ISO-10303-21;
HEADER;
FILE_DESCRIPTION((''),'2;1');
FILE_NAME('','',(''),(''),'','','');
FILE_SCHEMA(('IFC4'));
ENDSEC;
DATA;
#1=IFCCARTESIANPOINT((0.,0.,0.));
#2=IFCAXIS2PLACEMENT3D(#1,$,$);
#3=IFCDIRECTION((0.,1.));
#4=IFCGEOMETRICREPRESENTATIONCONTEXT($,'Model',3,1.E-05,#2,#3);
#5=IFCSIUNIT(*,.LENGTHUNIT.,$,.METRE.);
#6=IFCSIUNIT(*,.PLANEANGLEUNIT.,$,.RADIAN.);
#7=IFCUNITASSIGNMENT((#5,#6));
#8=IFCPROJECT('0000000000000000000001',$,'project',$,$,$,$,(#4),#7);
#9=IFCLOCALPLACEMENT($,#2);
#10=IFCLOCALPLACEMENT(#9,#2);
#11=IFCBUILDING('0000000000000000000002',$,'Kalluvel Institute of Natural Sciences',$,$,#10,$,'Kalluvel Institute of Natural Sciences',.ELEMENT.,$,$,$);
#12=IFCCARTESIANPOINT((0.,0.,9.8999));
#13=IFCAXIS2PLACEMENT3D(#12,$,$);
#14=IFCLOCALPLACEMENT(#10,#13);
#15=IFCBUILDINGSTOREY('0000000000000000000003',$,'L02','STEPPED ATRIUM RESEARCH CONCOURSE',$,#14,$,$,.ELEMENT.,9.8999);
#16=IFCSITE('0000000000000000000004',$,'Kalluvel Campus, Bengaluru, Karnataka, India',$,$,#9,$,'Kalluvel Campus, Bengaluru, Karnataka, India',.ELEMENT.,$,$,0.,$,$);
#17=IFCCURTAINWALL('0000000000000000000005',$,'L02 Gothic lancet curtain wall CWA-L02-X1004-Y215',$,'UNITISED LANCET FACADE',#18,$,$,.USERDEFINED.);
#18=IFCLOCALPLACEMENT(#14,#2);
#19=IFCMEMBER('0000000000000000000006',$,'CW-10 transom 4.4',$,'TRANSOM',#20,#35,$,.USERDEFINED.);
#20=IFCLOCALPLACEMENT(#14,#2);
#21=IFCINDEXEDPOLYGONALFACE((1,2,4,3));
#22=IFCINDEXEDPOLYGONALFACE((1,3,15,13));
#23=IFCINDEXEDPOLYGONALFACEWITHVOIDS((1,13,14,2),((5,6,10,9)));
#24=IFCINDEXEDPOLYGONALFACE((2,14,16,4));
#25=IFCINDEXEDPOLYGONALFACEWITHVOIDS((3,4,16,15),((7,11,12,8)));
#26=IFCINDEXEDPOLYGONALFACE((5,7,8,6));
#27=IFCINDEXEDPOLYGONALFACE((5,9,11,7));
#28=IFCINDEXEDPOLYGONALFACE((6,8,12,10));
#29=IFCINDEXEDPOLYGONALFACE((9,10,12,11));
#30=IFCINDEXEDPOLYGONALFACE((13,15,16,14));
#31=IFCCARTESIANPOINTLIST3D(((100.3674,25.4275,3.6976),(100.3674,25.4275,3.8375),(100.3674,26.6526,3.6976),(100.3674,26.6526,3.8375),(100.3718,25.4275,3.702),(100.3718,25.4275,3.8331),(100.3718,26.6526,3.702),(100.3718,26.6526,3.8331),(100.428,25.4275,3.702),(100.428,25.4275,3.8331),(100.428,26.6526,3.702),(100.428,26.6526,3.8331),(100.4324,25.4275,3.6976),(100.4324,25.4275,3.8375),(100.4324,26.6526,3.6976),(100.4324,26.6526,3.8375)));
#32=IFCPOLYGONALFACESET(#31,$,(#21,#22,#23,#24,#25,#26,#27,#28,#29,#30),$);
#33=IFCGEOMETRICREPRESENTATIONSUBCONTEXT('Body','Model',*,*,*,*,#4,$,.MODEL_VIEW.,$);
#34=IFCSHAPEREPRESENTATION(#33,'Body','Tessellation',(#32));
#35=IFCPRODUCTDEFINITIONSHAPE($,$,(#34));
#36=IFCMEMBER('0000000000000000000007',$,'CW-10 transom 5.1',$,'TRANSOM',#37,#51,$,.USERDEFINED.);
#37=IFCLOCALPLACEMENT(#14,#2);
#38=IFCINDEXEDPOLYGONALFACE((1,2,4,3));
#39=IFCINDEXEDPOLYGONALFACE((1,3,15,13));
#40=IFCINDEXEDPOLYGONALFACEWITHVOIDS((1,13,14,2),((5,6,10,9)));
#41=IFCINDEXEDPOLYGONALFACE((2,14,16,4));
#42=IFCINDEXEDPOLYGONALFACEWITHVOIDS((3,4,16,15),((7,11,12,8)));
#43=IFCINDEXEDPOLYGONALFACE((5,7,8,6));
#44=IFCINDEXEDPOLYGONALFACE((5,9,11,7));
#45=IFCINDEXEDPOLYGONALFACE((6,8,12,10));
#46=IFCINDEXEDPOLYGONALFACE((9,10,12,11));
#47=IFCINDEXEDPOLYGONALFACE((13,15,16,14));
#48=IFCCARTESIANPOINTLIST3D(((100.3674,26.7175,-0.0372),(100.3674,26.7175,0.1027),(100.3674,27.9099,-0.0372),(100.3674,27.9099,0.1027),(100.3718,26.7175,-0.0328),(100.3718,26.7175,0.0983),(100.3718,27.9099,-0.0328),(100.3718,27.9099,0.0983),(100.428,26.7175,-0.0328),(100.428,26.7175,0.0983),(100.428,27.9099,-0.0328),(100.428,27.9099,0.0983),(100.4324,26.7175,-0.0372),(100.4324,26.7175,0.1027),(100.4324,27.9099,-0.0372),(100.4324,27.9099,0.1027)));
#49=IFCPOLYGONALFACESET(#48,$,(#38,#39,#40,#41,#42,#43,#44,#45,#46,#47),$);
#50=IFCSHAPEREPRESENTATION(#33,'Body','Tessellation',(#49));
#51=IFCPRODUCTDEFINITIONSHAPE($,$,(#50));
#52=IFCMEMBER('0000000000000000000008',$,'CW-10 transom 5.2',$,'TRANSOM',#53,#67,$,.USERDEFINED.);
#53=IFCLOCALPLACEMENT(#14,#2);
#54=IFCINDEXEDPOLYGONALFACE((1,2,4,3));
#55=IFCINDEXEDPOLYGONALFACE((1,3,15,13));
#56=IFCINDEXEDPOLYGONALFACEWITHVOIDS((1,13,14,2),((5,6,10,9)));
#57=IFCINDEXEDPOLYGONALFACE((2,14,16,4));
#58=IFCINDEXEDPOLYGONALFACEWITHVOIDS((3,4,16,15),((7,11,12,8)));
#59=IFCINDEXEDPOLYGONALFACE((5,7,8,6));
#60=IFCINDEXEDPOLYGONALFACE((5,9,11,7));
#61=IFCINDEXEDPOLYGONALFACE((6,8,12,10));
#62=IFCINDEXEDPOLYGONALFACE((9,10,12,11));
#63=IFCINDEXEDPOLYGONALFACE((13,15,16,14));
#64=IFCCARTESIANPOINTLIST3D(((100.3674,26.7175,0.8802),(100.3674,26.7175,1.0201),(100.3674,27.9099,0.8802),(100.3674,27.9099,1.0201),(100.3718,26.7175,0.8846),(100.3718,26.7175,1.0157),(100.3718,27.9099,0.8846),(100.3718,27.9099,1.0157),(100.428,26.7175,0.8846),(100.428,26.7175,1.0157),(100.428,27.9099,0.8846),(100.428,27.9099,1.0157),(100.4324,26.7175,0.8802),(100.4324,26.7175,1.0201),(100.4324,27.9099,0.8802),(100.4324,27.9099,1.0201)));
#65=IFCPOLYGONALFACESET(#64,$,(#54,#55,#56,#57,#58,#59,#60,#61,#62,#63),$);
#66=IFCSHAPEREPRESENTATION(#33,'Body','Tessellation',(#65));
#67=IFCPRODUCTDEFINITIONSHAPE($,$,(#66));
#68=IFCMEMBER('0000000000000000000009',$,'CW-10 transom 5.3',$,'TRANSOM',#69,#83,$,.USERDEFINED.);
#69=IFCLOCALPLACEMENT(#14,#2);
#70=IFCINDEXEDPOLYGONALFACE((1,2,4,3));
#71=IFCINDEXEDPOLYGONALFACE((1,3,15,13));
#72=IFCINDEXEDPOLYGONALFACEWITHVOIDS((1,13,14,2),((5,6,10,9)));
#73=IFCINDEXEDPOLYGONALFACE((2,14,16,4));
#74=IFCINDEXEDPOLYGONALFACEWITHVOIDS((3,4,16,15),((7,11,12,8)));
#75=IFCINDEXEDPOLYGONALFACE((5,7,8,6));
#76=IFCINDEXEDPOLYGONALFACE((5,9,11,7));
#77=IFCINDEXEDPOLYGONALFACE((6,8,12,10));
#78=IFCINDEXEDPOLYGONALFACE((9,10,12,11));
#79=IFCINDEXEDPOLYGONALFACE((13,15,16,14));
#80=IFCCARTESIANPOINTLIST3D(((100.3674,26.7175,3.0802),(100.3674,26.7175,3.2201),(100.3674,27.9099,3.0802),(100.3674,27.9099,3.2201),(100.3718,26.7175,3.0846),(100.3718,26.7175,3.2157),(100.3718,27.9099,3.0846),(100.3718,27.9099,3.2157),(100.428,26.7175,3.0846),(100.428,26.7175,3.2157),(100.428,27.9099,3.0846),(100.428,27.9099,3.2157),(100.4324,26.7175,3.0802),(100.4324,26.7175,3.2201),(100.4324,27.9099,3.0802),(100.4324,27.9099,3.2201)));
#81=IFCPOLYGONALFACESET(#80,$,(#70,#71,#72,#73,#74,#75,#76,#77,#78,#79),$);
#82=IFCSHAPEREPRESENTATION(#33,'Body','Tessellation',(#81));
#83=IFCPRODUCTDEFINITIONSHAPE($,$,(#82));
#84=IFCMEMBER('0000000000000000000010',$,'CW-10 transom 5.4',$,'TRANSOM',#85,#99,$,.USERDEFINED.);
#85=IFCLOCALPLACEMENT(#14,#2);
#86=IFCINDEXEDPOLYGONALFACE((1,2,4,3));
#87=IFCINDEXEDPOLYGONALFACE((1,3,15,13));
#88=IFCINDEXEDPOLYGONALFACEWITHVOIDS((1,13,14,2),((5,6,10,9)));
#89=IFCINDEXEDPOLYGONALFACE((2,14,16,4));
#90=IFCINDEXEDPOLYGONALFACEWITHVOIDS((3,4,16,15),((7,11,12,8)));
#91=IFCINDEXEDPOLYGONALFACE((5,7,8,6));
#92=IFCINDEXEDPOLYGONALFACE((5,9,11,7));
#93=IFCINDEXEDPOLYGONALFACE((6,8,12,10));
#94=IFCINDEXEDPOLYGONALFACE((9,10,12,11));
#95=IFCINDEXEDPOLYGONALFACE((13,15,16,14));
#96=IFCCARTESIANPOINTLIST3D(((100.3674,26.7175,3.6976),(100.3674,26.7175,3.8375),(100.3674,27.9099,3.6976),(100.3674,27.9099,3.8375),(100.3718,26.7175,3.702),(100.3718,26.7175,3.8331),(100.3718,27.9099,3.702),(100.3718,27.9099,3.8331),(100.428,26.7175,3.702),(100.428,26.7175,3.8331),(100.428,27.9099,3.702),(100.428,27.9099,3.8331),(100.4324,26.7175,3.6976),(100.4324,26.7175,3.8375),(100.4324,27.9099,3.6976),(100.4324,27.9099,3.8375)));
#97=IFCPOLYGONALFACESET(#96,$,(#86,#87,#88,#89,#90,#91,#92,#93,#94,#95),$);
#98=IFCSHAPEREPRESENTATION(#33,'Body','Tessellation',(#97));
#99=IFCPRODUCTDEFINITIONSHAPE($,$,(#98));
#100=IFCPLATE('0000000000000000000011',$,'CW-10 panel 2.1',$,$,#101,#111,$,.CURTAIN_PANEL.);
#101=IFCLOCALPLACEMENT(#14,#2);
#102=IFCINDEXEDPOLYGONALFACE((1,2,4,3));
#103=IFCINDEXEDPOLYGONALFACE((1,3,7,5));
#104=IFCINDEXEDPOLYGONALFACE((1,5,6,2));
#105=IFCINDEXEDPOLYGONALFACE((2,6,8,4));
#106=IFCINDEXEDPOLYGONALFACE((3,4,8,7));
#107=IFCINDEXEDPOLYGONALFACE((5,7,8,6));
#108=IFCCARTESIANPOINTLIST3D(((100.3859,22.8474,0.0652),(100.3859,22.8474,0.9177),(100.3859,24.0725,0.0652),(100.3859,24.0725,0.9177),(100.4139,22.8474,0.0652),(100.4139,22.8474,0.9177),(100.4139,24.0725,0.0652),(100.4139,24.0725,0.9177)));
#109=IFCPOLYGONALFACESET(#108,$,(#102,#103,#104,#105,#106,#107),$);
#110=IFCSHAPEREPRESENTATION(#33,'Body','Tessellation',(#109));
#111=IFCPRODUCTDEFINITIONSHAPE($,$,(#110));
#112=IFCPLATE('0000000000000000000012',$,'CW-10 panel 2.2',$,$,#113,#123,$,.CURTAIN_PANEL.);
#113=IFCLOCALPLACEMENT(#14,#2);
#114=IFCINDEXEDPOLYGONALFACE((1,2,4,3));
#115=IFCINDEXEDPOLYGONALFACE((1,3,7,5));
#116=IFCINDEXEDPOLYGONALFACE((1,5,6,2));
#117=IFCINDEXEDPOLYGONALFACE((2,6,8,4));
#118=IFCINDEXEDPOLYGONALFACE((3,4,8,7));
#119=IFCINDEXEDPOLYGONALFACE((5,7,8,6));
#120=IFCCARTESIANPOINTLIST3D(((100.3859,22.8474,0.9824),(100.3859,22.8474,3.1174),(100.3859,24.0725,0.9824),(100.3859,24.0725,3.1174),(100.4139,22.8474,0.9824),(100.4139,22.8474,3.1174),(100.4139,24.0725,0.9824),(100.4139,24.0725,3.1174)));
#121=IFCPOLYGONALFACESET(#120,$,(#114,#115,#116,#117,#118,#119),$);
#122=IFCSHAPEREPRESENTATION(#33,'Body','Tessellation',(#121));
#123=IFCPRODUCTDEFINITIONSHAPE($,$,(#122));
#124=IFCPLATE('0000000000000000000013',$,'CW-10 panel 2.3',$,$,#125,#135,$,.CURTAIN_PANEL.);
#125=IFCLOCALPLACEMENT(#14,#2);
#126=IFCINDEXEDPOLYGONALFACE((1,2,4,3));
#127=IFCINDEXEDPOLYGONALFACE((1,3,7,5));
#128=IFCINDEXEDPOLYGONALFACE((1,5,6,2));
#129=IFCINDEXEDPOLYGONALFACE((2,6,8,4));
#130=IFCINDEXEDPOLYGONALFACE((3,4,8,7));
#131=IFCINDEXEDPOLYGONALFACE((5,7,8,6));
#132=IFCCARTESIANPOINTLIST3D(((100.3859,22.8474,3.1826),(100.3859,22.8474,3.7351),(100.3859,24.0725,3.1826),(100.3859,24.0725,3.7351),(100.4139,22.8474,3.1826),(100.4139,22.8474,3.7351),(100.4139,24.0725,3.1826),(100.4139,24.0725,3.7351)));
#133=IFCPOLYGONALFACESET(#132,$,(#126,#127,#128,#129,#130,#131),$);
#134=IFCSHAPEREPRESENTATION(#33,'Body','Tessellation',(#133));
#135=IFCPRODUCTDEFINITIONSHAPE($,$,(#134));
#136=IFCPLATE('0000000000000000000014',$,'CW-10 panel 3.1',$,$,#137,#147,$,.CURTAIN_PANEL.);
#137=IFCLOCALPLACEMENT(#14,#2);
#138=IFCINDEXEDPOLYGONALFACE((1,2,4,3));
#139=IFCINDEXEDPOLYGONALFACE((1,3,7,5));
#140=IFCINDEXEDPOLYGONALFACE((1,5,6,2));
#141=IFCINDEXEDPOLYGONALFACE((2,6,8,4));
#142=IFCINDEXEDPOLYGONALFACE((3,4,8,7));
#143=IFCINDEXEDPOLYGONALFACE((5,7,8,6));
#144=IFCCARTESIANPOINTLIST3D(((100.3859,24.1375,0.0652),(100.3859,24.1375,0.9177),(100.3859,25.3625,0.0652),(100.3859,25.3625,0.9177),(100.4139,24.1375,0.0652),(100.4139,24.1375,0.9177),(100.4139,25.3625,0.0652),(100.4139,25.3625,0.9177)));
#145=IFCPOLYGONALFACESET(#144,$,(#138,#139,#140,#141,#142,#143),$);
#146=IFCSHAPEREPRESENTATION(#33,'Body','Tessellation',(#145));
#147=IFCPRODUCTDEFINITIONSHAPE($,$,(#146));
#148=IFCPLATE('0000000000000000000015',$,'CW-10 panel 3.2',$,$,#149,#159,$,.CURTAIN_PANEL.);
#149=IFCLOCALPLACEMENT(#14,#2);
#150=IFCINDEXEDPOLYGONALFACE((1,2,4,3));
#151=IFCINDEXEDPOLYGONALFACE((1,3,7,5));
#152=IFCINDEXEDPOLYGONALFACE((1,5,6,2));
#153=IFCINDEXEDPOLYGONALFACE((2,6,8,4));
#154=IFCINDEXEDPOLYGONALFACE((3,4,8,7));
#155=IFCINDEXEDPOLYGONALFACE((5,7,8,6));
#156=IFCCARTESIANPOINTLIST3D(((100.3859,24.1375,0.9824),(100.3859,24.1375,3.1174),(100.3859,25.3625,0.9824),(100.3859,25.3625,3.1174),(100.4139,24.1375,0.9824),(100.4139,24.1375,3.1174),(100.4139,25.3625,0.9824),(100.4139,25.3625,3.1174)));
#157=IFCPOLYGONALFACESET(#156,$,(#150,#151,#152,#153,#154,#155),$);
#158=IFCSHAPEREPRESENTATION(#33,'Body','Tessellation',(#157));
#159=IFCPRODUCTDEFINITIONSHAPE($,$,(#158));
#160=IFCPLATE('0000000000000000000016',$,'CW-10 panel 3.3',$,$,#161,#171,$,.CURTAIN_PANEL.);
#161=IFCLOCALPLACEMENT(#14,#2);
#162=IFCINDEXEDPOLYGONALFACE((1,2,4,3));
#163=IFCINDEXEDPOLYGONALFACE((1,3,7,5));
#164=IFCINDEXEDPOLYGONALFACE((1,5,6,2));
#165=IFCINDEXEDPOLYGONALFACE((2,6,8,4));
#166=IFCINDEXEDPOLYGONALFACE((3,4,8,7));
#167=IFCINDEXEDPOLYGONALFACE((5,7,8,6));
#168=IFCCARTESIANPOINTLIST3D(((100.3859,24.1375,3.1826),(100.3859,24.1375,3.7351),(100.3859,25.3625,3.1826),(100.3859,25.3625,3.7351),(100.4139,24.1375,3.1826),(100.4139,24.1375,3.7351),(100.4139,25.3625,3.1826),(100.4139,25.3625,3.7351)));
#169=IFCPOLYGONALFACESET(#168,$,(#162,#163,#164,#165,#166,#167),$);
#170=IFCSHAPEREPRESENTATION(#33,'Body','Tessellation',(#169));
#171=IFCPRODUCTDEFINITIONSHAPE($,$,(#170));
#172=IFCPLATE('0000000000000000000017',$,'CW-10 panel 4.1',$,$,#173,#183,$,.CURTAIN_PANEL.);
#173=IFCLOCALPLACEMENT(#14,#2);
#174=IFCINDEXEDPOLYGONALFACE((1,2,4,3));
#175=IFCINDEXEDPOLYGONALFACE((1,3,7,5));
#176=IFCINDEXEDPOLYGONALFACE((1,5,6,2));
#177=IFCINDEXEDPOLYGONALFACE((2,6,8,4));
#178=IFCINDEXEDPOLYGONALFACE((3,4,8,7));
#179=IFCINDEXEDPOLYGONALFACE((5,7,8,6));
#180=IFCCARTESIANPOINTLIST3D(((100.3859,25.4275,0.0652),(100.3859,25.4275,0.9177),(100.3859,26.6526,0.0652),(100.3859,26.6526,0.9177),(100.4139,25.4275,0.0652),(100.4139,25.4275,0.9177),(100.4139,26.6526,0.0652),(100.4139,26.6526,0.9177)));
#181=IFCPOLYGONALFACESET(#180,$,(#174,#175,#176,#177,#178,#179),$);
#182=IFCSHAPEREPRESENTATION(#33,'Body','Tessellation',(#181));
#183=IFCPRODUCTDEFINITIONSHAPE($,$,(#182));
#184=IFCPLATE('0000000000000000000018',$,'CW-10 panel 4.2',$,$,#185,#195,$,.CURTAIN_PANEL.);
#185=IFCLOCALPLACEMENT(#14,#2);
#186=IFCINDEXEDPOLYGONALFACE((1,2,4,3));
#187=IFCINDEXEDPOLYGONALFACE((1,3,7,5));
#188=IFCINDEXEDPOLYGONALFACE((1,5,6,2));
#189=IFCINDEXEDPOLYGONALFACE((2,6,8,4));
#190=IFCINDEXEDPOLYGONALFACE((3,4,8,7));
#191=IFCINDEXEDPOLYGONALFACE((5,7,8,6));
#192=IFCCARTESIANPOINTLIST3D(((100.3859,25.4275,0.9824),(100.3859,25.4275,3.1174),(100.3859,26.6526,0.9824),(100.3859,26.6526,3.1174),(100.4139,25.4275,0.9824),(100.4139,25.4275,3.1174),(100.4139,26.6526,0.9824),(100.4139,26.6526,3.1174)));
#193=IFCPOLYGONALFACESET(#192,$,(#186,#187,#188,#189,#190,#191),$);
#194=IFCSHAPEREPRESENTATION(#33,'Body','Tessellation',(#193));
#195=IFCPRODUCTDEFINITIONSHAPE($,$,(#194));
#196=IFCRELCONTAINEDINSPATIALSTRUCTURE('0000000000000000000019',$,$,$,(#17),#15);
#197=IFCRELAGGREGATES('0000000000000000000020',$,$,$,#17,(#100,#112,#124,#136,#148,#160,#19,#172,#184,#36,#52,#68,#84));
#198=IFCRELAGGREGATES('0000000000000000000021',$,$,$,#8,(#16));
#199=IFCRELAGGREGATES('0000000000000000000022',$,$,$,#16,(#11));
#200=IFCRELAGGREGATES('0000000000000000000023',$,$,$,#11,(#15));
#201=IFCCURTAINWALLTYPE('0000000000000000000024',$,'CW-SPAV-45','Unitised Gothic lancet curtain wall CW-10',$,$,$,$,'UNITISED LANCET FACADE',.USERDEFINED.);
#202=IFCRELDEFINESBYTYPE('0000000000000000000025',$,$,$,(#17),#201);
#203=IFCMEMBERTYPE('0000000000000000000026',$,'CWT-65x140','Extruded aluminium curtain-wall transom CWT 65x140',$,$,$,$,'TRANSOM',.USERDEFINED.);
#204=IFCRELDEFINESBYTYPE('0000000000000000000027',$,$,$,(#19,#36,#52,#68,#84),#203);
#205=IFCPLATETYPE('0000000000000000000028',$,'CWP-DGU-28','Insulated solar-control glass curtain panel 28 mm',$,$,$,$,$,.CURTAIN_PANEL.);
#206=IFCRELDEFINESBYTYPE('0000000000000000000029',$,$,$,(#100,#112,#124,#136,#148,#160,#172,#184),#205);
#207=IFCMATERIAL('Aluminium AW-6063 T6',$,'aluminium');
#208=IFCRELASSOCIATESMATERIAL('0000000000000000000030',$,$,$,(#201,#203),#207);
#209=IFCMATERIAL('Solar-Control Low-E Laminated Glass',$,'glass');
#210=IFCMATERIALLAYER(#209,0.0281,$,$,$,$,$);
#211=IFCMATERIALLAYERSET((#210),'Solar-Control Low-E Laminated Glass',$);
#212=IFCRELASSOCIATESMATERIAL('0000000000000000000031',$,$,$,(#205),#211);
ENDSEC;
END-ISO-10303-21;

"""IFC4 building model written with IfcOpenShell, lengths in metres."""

from ifc_helpers import new_model, si_unit, direction, frame, origin, origin_2d, place, context, subcontext, project, spatial, rectangle, hollow_rectangle, extrude, material, layer, layer_set, material_profile, profile_set, type_object, element, aggregate, save


model = new_model("IFC4")

# Units and contexts
model_context = context("Model", 3, precision=1e-05, world=origin(), true_north=direction((0.0, 1.0)))
body_context = subcontext(model_context, "Body", "Model", "MODEL_VIEW")
ifc_project = project(units=[si_unit("LENGTHUNIT", "METRE"), si_unit("PLANEANGLEUNIT", "RADIAN")], contexts=[model_context])

# Site, building, storey
site_placement = place(None, origin())
site = spatial("IfcSite", under=ifc_project, at=site_placement, Name="Kalluvel Campus, Bengaluru, Karnataka, India", LongName="Kalluvel Campus, Bengaluru, Karnataka, India", CompositionType="ELEMENT", RefElevation=0.0)
building_placement = place(site_placement, origin())
building = spatial("IfcBuilding", under=site, at=building_placement, Name="Kalluvel Institute of Natural Sciences", LongName="Kalluvel Institute of Natural Sciences", CompositionType="ELEMENT")
storey_placement = place(building_placement, frame((0.0, 0.0, 9.8999)))
storey = spatial("IfcBuildingStorey", under=building, at=storey_placement, Name="L02", Description="STEPPED ATRIUM RESEARCH CONCOURSE", CompositionType="ELEMENT", Elevation=9.8999)

# Curtain wall, members, plates
ifc_material_1 = material(Name="Aluminium AW-6063 T6", Category="aluminium")
curtain_wall_type = type_object("IfcCurtainWallType", Name="CW-SPAV-45", Description="Unitised Gothic lancet curtain wall CW-10", ElementType="UNITISED LANCET FACADE", PredefinedType="USERDEFINED", material=ifc_material_1)
curtain_wall_placement = place(storey_placement, origin())
curtain_wall = element("IfcCurtainWall", 1, at=curtain_wall_placement, inside=storey, type_object=curtain_wall_type, Name="L02 Gothic lancet curtain wall CWA-L02-X1004-Y215", ObjectType="UNITISED LANCET FACADE", PredefinedType="USERDEFINED")
ifc_material_profile_1 = material_profile(ifc_material_1, hollow_rectangle(XDim=0.0649, YDim=0.1399, WallThickness=0.0044, at=origin_2d()), Name="CWT 65x140")
ifc_profile_set_1 = profile_set([ifc_material_profile_1], Name="Aluminium AW-6063 T6")
member_type_1 = type_object("IfcMemberType", Name="CWT-65x140", Description="Extruded aluminium curtain-wall transom CWT 65x140", ElementType="TRANSOM", PredefinedType="USERDEFINED", material=ifc_profile_set_1)
member_1_placement = place(storey_placement, frame((100.3999, 25.4275, 3.7676), z_axis=(0.0, 1.0, 0.0), x_axis=(-1.0, 0.0, 0.0)))
member_1 = element("IfcMember", 2, at=member_1_placement, type_object=member_type_1, Name="CW-10 transom 4.4", ObjectType="TRANSOM", PredefinedType="USERDEFINED", context=body_context, shape_type="SweptSolid", body=[
    extrude(hollow_rectangle(XDim=0.0649, YDim=0.1399, WallThickness=0.0044, at=origin_2d()), origin(), (0.0, 0.0, 1.0), 1.2251),
])
member_2_placement = place(storey_placement, frame((100.3999, 26.7175, 0.0327), z_axis=(0.0, 1.0, 0.0), x_axis=(-1.0, 0.0, 0.0)))
member_2 = element("IfcMember", 3, at=member_2_placement, type_object=member_type_1, Name="CW-10 transom 5.1", ObjectType="TRANSOM", PredefinedType="USERDEFINED", context=body_context, shape_type="SweptSolid", body=[
    extrude(hollow_rectangle(XDim=0.0649, YDim=0.1399, WallThickness=0.0044, at=origin_2d()), origin(), (0.0, 0.0, 1.0), 1.1924),
])
member_3_placement = place(storey_placement, frame((100.3999, 26.7175, 0.9502), z_axis=(0.0, 1.0, 0.0), x_axis=(-1.0, 0.0, 0.0)))
member_3 = element("IfcMember", 4, at=member_3_placement, type_object=member_type_1, Name="CW-10 transom 5.2", ObjectType="TRANSOM", PredefinedType="USERDEFINED", context=body_context, shape_type="SweptSolid", body=[
    extrude(hollow_rectangle(XDim=0.0649, YDim=0.1399, WallThickness=0.0044, at=origin_2d()), origin(), (0.0, 0.0, 1.0), 1.1924),
])
member_4_placement = place(storey_placement, frame((100.3999, 26.7175, 3.1501), z_axis=(0.0, 1.0, 0.0), x_axis=(-1.0, 0.0, 0.0)))
member_4 = element("IfcMember", 5, at=member_4_placement, type_object=member_type_1, Name="CW-10 transom 5.3", ObjectType="TRANSOM", PredefinedType="USERDEFINED", context=body_context, shape_type="SweptSolid", body=[
    extrude(hollow_rectangle(XDim=0.0649, YDim=0.1399, WallThickness=0.0044, at=origin_2d()), origin(), (0.0, 0.0, 1.0), 1.1924),
])
member_5_placement = place(storey_placement, frame((100.3999, 26.7175, 3.7676), z_axis=(0.0, 1.0, 0.0), x_axis=(-1.0, 0.0, 0.0)))
member_5 = element("IfcMember", 6, at=member_5_placement, type_object=member_type_1, Name="CW-10 transom 5.4", ObjectType="TRANSOM", PredefinedType="USERDEFINED", context=body_context, shape_type="SweptSolid", body=[
    extrude(hollow_rectangle(XDim=0.0649, YDim=0.1399, WallThickness=0.0044, at=origin_2d()), origin(), (0.0, 0.0, 1.0), 1.1924),
])
ifc_material_2 = material(Name="Solar-Control Low-E Laminated Glass", Category="glass")
ifc_layer = layer(ifc_material_2, 0.0281)
ifc_layer_set = layer_set([ifc_layer], Name="Solar-Control Low-E Laminated Glass")
plate_type = type_object("IfcPlateType", Name="CWP-DGU-28", Description="Insulated solar-control glass curtain panel 28 mm", PredefinedType="CURTAIN_PANEL", material=ifc_layer_set)
plate_1_placement = place(storey_placement, frame((100.3999, 23.46, 0.0652), z_axis=(0.0, 0.0, 1.0), x_axis=(0.0, 1.0, 0.0)))
plate_1 = element("IfcPlate", 7, at=plate_1_placement, type_object=plate_type, Name="CW-10 panel 2.1", PredefinedType="CURTAIN_PANEL", context=body_context, shape_type="SweptSolid", body=[
    extrude(rectangle(XDim=1.2251, YDim=0.0281, at=origin_2d()), origin(), (0.0, 0.0, 1.0), 0.8525),
])
plate_2_placement = place(storey_placement, frame((100.3999, 23.46, 0.9824), z_axis=(0.0, 0.0, 1.0), x_axis=(0.0, 1.0, 0.0)))
plate_2 = element("IfcPlate", 8, at=plate_2_placement, type_object=plate_type, Name="CW-10 panel 2.2", PredefinedType="CURTAIN_PANEL", context=body_context, shape_type="SweptSolid", body=[
    extrude(rectangle(XDim=1.2251, YDim=0.0281, at=origin_2d()), origin(), (0.0, 0.0, 1.0), 2.135),
])
plate_3_placement = place(storey_placement, frame((100.3999, 23.46, 3.1826), z_axis=(0.0, 0.0, 1.0), x_axis=(0.0, 1.0, 0.0)))
plate_3 = element("IfcPlate", 9, at=plate_3_placement, type_object=plate_type, Name="CW-10 panel 2.3", PredefinedType="CURTAIN_PANEL", context=body_context, shape_type="SweptSolid", body=[
    extrude(rectangle(XDim=1.2251, YDim=0.0281, at=origin_2d()), origin(), (0.0, 0.0, 1.0), 0.5525),
])
plate_4_placement = place(storey_placement, frame((100.3999, 24.75, 0.0652), z_axis=(0.0, 0.0, 1.0), x_axis=(0.0, 1.0, 0.0)))
plate_4 = element("IfcPlate", 10, at=plate_4_placement, type_object=plate_type, Name="CW-10 panel 3.1", PredefinedType="CURTAIN_PANEL", context=body_context, shape_type="SweptSolid", body=[
    extrude(rectangle(XDim=1.2251, YDim=0.0281, at=origin_2d()), origin(), (0.0, 0.0, 1.0), 0.8525),
])
plate_5_placement = place(storey_placement, frame((100.3999, 24.75, 0.9824), z_axis=(0.0, 0.0, 1.0), x_axis=(0.0, 1.0, 0.0)))
plate_5 = element("IfcPlate", 11, at=plate_5_placement, type_object=plate_type, Name="CW-10 panel 3.2", PredefinedType="CURTAIN_PANEL", context=body_context, shape_type="SweptSolid", body=[
    extrude(rectangle(XDim=1.2251, YDim=0.0281, at=origin_2d()), origin(), (0.0, 0.0, 1.0), 2.135),
])
plate_6_placement = place(storey_placement, frame((100.3999, 24.75, 3.1826), z_axis=(0.0, 0.0, 1.0), x_axis=(0.0, 1.0, 0.0)))
plate_6 = element("IfcPlate", 12, at=plate_6_placement, type_object=plate_type, Name="CW-10 panel 3.3", PredefinedType="CURTAIN_PANEL", context=body_context, shape_type="SweptSolid", body=[
    extrude(rectangle(XDim=1.2251, YDim=0.0281, at=origin_2d()), origin(), (0.0, 0.0, 1.0), 0.5525),
])
plate_7_placement = place(storey_placement, frame((100.3999, 26.04, 0.0652), z_axis=(0.0, 0.0, 1.0), x_axis=(0.0, 1.0, 0.0)))
plate_7 = element("IfcPlate", 13, at=plate_7_placement, type_object=plate_type, Name="CW-10 panel 4.1", PredefinedType="CURTAIN_PANEL", context=body_context, shape_type="SweptSolid", body=[
    extrude(rectangle(XDim=1.2251, YDim=0.0281, at=origin_2d()), origin(), (0.0, 0.0, 1.0), 0.8525),
])
plate_8_placement = place(storey_placement, frame((100.3999, 26.04, 0.9824), z_axis=(0.0, 0.0, 1.0), x_axis=(0.0, 1.0, 0.0)))
plate_8 = element("IfcPlate", 14, at=plate_8_placement, type_object=plate_type, Name="CW-10 panel 4.2", PredefinedType="CURTAIN_PANEL", context=body_context, shape_type="SweptSolid", body=[
    extrude(rectangle(XDim=1.2251, YDim=0.0281, at=origin_2d()), origin(), (0.0, 0.0, 1.0), 2.135),
])
aggregate(curtain_wall, [plate_1, plate_2, plate_3, plate_4, plate_5, plate_6, member_1, plate_7, plate_8, member_2, member_3, member_4, member_5])

save(model, "model.ifc")
